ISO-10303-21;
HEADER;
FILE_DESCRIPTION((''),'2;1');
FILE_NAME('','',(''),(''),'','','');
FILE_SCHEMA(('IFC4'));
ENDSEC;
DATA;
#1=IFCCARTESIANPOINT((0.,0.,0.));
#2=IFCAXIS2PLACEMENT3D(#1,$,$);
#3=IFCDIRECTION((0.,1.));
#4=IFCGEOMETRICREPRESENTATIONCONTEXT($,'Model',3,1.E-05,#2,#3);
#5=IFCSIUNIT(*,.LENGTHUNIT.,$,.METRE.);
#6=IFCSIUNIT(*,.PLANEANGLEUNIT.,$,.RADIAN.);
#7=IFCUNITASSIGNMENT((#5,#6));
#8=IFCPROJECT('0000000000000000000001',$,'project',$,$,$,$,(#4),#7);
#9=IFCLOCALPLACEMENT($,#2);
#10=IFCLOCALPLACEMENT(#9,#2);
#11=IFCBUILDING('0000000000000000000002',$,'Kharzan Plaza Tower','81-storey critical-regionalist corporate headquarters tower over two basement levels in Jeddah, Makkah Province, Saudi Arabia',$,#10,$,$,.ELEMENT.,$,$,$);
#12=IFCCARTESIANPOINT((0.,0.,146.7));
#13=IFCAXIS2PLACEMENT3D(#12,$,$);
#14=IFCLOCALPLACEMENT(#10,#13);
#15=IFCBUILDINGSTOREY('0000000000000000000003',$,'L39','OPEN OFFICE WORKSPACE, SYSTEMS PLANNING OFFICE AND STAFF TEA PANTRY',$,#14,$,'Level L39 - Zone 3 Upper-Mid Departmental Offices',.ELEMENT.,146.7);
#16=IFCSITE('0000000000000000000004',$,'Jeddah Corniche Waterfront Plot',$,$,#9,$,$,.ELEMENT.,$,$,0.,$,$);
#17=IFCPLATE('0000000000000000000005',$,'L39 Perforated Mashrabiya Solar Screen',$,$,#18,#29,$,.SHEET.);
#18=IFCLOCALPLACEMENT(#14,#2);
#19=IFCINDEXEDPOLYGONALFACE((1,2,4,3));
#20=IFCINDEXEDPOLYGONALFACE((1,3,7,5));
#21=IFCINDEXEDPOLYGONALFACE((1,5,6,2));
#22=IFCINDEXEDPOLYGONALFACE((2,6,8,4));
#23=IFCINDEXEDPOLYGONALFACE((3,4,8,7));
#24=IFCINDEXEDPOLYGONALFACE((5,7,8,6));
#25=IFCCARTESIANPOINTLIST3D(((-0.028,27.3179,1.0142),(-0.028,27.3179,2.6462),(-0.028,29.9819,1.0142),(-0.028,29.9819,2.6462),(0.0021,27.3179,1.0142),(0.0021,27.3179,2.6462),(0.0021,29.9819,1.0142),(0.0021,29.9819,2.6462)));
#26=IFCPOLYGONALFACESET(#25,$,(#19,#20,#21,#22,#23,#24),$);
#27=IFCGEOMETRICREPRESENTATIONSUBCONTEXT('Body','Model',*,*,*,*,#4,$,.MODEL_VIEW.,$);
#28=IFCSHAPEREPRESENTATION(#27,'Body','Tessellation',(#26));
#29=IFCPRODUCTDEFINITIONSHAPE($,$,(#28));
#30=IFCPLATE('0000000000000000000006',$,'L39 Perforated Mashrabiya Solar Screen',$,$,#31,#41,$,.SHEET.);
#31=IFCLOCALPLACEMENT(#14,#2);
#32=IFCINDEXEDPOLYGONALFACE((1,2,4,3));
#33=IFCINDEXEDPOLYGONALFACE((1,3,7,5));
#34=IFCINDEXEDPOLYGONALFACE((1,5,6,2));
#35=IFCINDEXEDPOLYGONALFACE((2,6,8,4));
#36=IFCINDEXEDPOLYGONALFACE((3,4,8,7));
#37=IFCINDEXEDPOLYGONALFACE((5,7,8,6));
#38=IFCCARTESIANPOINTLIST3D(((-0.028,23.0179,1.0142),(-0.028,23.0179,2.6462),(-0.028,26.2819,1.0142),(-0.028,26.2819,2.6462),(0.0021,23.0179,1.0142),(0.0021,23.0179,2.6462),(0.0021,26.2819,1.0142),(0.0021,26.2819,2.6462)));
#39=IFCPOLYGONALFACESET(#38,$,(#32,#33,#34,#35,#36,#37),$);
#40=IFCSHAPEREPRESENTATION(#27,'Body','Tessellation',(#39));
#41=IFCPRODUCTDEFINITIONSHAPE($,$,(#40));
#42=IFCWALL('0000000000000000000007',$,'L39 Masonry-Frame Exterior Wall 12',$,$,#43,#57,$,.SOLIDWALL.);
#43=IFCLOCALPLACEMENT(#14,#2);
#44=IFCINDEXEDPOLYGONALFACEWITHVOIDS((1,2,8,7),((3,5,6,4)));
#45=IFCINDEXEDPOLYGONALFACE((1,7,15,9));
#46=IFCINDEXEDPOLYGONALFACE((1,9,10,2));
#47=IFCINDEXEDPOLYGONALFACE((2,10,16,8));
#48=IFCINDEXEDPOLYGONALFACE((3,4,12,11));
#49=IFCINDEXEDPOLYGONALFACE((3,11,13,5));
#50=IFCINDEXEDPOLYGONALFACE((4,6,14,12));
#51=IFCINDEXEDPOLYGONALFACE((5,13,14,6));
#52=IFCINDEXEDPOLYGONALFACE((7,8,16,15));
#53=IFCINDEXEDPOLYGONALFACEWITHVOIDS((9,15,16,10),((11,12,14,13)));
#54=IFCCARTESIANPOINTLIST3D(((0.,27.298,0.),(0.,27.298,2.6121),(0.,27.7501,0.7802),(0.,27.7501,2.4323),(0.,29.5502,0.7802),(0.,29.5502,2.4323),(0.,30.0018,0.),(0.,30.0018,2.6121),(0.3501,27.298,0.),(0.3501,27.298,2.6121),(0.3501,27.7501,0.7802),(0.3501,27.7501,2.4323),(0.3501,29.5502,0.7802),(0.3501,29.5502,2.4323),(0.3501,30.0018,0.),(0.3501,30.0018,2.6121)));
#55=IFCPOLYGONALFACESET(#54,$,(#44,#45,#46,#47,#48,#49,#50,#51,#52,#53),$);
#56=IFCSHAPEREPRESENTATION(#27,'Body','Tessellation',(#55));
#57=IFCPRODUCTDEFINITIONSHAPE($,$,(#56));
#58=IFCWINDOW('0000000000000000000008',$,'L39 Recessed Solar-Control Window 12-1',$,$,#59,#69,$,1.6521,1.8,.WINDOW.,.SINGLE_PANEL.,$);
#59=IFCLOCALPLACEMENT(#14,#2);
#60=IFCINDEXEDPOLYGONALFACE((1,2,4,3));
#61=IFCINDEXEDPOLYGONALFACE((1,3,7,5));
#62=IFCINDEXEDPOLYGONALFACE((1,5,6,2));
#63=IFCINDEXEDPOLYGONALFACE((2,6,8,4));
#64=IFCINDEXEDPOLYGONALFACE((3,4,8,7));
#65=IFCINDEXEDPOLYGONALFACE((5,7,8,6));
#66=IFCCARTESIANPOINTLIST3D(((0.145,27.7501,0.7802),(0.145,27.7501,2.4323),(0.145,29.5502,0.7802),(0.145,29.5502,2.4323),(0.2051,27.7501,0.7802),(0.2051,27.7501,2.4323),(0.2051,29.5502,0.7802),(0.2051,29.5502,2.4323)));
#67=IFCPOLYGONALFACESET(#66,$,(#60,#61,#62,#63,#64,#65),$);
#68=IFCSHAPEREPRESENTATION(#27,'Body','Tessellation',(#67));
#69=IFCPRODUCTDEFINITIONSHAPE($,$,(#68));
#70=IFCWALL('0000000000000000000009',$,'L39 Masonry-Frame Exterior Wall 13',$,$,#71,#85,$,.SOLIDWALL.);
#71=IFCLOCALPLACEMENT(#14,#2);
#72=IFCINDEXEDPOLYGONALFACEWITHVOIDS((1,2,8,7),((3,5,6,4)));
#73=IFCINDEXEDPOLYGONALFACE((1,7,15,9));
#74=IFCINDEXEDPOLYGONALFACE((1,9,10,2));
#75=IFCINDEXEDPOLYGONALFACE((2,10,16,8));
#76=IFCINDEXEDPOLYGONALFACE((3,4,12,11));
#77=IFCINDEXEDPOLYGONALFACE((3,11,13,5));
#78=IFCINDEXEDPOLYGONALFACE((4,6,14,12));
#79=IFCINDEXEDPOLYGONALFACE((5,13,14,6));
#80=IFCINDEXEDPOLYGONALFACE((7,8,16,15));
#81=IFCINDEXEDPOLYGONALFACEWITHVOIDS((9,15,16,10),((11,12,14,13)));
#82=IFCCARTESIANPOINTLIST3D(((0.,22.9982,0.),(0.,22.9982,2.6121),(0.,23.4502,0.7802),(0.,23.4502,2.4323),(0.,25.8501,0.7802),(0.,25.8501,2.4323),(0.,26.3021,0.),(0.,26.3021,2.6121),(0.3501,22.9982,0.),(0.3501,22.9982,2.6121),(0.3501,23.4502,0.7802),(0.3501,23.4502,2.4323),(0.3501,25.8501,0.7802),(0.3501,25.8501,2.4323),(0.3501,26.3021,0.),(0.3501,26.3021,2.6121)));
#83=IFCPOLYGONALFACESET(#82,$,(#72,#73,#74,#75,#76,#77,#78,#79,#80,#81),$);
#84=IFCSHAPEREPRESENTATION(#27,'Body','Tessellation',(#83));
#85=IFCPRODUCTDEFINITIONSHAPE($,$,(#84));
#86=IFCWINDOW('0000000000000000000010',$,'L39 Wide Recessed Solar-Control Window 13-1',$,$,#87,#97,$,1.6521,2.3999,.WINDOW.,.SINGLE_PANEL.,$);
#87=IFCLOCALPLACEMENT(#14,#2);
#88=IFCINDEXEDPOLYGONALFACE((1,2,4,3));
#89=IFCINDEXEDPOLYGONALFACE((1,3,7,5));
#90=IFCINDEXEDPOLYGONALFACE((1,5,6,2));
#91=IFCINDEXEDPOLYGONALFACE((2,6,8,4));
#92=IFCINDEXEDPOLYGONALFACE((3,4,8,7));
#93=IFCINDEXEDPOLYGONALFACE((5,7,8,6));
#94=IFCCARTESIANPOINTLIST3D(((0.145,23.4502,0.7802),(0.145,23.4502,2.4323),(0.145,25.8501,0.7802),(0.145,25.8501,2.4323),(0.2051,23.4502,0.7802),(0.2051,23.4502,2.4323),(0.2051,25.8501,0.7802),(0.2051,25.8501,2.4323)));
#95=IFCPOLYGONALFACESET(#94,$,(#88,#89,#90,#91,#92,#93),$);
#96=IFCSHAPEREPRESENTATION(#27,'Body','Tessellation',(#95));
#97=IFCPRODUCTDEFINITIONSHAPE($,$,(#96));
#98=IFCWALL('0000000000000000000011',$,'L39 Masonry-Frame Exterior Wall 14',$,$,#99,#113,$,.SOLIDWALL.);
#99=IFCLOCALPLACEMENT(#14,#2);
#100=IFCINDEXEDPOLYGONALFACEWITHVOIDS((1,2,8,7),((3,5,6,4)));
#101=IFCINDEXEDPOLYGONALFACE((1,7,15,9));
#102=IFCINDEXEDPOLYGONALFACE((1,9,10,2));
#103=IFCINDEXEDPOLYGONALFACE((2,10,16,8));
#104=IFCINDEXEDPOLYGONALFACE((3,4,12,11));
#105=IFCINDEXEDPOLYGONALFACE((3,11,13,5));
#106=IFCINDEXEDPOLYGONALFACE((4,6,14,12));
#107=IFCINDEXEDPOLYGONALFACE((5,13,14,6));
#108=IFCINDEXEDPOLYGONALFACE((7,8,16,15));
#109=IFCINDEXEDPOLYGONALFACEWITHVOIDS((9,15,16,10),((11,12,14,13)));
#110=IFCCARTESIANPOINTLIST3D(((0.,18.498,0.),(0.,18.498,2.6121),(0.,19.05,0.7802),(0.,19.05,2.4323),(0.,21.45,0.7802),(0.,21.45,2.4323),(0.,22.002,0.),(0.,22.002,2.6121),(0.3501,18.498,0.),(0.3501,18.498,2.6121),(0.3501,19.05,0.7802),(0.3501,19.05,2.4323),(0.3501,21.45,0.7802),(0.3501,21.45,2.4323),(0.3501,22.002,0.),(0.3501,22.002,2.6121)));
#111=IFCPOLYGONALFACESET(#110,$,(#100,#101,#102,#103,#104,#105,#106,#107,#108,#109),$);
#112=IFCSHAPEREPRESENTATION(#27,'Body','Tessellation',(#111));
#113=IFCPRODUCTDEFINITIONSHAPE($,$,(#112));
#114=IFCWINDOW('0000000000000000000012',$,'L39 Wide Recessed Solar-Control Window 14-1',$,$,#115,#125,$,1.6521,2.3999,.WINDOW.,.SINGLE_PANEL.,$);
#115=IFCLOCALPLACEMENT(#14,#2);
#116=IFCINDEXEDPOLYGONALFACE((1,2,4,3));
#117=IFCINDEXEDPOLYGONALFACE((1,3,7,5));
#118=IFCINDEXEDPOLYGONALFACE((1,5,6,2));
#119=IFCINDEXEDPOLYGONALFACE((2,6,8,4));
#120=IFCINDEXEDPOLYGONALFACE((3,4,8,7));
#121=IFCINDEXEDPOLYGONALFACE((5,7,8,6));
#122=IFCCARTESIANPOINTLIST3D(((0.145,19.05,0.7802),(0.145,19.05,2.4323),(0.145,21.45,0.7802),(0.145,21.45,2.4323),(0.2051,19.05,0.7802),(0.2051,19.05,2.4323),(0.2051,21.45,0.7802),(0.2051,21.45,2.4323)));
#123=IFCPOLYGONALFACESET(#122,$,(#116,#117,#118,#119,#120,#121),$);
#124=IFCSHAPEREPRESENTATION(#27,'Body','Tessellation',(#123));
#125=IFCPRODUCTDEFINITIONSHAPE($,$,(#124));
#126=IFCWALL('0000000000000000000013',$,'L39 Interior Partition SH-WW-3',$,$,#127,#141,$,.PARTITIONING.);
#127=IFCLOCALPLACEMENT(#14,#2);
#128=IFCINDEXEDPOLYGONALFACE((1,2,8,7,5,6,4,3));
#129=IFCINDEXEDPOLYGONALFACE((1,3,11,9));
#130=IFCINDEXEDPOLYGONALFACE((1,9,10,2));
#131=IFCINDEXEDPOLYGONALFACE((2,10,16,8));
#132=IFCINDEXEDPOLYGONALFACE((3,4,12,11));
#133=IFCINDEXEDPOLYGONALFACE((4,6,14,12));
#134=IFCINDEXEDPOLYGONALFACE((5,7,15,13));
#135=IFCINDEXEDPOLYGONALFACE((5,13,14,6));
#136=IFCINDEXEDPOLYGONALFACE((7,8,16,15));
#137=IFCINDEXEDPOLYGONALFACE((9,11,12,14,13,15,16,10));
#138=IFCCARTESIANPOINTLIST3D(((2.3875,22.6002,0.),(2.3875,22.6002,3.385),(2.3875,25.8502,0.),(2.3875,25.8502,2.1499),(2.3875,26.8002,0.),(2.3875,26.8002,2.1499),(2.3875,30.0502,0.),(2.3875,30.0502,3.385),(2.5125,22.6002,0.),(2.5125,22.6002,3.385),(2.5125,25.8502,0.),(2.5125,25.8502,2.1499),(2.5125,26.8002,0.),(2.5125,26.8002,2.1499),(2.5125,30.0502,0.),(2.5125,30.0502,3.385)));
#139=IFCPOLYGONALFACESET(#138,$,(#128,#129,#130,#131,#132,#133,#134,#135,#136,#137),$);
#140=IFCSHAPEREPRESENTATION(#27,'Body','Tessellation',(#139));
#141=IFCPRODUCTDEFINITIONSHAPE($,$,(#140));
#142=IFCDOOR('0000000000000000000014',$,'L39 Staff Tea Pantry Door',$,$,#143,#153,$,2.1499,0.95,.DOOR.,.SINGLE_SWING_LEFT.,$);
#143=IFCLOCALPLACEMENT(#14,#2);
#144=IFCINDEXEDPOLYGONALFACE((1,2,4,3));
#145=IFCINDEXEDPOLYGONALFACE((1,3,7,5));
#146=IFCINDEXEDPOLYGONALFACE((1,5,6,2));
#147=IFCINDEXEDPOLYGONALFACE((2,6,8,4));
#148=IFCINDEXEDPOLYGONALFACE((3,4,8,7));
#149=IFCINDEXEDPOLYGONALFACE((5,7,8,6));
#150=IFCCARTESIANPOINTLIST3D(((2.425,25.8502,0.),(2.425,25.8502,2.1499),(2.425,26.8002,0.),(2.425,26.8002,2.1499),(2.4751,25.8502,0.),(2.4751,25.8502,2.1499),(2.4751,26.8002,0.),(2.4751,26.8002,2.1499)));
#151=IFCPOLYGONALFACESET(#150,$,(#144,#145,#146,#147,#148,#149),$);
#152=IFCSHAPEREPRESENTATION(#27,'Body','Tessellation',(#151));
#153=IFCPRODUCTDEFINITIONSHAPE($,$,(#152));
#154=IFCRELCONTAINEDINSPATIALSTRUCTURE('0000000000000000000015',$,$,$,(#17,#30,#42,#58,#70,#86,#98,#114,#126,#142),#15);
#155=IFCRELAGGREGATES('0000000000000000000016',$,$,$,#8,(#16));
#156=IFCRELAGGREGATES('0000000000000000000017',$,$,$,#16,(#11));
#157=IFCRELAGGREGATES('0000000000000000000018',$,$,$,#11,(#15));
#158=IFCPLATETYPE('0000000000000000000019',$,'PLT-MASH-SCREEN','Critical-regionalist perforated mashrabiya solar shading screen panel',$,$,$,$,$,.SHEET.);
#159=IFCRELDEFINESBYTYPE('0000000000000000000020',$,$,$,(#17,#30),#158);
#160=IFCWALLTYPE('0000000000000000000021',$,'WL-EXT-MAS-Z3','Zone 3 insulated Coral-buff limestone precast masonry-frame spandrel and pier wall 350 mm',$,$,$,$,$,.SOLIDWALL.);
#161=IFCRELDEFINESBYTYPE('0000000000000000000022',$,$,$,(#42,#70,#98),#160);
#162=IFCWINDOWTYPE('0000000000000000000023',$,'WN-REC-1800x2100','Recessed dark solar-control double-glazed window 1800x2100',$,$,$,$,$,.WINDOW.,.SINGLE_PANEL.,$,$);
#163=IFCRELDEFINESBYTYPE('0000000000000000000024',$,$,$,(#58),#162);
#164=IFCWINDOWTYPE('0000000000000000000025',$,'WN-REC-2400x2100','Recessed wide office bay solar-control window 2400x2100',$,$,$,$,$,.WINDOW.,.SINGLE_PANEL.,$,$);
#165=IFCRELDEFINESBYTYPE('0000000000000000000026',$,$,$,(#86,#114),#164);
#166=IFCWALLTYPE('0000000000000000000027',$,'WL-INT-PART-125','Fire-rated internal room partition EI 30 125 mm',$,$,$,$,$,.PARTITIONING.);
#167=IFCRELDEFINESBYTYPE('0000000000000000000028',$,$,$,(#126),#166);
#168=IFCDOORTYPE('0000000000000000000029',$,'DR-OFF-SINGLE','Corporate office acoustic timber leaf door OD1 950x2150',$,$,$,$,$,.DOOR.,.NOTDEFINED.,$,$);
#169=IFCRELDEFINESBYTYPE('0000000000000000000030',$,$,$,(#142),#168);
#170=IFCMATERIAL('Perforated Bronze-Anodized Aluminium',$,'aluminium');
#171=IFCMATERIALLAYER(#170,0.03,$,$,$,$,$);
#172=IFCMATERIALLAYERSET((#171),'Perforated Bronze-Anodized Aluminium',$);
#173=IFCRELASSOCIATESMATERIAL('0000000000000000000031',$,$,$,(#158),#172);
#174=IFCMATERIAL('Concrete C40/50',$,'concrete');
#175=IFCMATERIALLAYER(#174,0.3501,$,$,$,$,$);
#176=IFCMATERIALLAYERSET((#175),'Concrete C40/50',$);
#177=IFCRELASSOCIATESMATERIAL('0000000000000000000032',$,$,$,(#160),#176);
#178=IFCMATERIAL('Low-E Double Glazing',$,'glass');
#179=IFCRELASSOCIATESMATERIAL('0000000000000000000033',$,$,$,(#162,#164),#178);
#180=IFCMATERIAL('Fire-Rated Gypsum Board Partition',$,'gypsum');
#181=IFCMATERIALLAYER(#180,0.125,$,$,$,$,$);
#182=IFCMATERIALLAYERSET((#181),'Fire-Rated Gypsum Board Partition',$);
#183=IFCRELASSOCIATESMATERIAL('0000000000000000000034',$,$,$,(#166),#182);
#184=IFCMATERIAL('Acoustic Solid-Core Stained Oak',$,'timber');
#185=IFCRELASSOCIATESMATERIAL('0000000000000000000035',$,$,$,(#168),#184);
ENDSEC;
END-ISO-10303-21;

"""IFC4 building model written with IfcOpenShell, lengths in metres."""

from ifc_helpers import new_model, si_unit, direction, frame, frame_2d, origin, origin_2d, place, context, subcontext, project, spatial, rectangle, extrude, source, transform, mapped, material, layer, layer_set, type_object, element, fill, save


model = new_model("IFC4")

# Units and contexts
model_context = context("Model", 3, precision=1e-05, world=origin(), true_north=direction((0.0, 1.0)))
body_context = subcontext(model_context, "Body", "Model", "MODEL_VIEW")
ifc_project = project(units=[si_unit("LENGTHUNIT", "METRE"), si_unit("PLANEANGLEUNIT", "RADIAN")], contexts=[model_context])

# Site, building, storey
site_placement = place(None, origin())
site = spatial("IfcSite", under=ifc_project, at=site_placement, Name="Jeddah Corniche Waterfront Plot", CompositionType="ELEMENT", RefElevation=0.0)
building_placement = place(site_placement, origin())
building = spatial("IfcBuilding", under=site, at=building_placement, Name="Kharzan Plaza Tower", Description="81-storey critical-regionalist corporate headquarters tower over two basement levels in Jeddah, Makkah Province, Saudi Arabia", CompositionType="ELEMENT")
storey_placement = place(building_placement, frame((0.0, 0.0, 146.7)))
storey = spatial("IfcBuildingStorey", under=building, at=storey_placement, Name="L39", Description="OPEN OFFICE WORKSPACE, SYSTEMS PLANNING OFFICE AND STAFF TEA PANTRY", LongName="Level L39 - Zone 3 Upper-Mid Departmental Offices", CompositionType="ELEMENT", Elevation=146.7)

# Plates
ifc_material_1 = material(Name="Perforated Bronze-Anodized Aluminium", Category="aluminium")
ifc_layer_1 = layer(ifc_material_1, 0.03)
ifc_layer_set_1 = layer_set([ifc_layer_1], Name="Perforated Bronze-Anodized Aluminium")
plate_type = type_object("IfcPlateType", Name="PLT-MASH-SCREEN", Description="Critical-regionalist perforated mashrabiya solar shading screen panel", PredefinedType="SHEET", material=ifc_layer_set_1)
shared_shape_1 = source(origin(), body_context, "Body", "SweptSolid", [
    extrude(rectangle(XDim=2.6641, YDim=0.03, at=origin_2d()), origin(), (0.0, 0.0, 1.0), 1.6321),
])
plate_1_placement = place(storey_placement, frame((-0.0129, 28.6499, 1.0142), z_axis=(0.0, 0.0, 1.0), x_axis=(0.0, -1.0, 0.0)))
element("IfcPlate", 1, at=plate_1_placement, inside=storey, type_object=plate_type, Name="L39 Perforated Mashrabiya Solar Screen", PredefinedType="SHEET", context=body_context, shape_type="MappedRepresentation", body=[
    mapped(shared_shape_1, transform((0.0, 0.0, 0.0), x_axis=(1.0, 0.0, 0.0), y_axis=(0.0, 1.0, 0.0), z_axis=(0.0, 0.0, 1.0))),
])
shared_shape_2 = source(origin(), body_context, "Body", "SweptSolid", [
    extrude(rectangle(XDim=3.2639, YDim=0.03, at=origin_2d()), origin(), (0.0, 0.0, 1.0), 1.6321),
])
plate_2_placement = place(storey_placement, frame((-0.0129, 24.6499, 1.0142), z_axis=(0.0, 0.0, 1.0), x_axis=(0.0, -1.0, 0.0)))
element("IfcPlate", 2, at=plate_2_placement, inside=storey, type_object=plate_type, Name="L39 Perforated Mashrabiya Solar Screen", PredefinedType="SHEET", context=body_context, shape_type="MappedRepresentation", body=[
    mapped(shared_shape_2, transform((0.0, 0.0, 0.0), x_axis=(1.0, 0.0, 0.0), y_axis=(0.0, 1.0, 0.0), z_axis=(0.0, 0.0, 1.0))),
])

# Walls, openings, windows
ifc_material_2 = material(Name="Concrete C40/50", Category="concrete")
ifc_layer_2 = layer(ifc_material_2, 0.3501)
ifc_layer_set_2 = layer_set([ifc_layer_2], Name="Concrete C40/50")
wall_type_1 = type_object("IfcWallType", Name="WL-EXT-MAS-Z3", Description="Zone 3 insulated Coral-buff limestone precast masonry-frame spandrel and pier wall 350 mm", PredefinedType="SOLIDWALL", material=ifc_layer_set_2)
wall_1_placement = place(storey_placement, frame((0.175, 30.002, 0.0), z_axis=(0.0, 0.0, 1.0), x_axis=(0.0, -1.0, 0.0)))
wall_1 = element("IfcWall", 3, at=wall_1_placement, inside=storey, type_object=wall_type_1, Name="L39 Masonry-Frame Exterior Wall 12", PredefinedType="SOLIDWALL", context=body_context, shape_type="SweptSolid", body=[
    extrude(rectangle(XDim=2.7039, YDim=0.3501, at=frame_2d((1.3521, 0.0))), origin(), (0.0, 0.0, 1.0), 2.6121),
])
opening_1_placement = place(wall_1_placement, frame((0.4519, 0.0, 0.78)))
opening_1 = element("IfcOpeningElement", 4, at=opening_1_placement, cuts=wall_1, PredefinedType="OPENING", context=body_context, shape_type="SweptSolid", body=[
    extrude(rectangle(XDim=1.8, YDim=1.6521, at=frame_2d((0.8999, 0.8262))), frame((0.0, 0.1851, 0.0), z_axis=(0.0, -1.0, 0.0), x_axis=(1.0, 0.0, 0.0)), (0.0, 0.0, 1.0), 0.3701),
])
ifc_material_3 = material(Name="Low-E Double Glazing", Category="glass")
window_type_1 = type_object("IfcWindowType", Name="WN-REC-1800x2100", Description="Recessed dark solar-control double-glazed window 1800x2100", PartitioningType="SINGLE_PANEL", PredefinedType="WINDOW", material=ifc_material_3)
shared_shape_3 = source(origin(), body_context, "Body", "SweptSolid", [
    extrude(rectangle(XDim=1.8, YDim=1.6521, at=frame_2d((0.8999, 0.8262))), frame((0.0, 0.03, 0.0), z_axis=(0.0, -1.0, 0.0), x_axis=(1.0, 0.0, 0.0)), (0.0, 0.0, 1.0), 0.0601),
])
window_1_placement = place(opening_1_placement, origin())
window_1 = element("IfcWindow", 5, at=window_1_placement, inside=storey, type_object=window_type_1, Name="L39 Recessed Solar-Control Window 12-1", OverallHeight=1.6521, OverallWidth=1.8, PartitioningType="SINGLE_PANEL", PredefinedType="WINDOW", context=body_context, shape_type="MappedRepresentation", body=[
    mapped(shared_shape_3, transform((0.0, 0.0, 0.0), x_axis=(1.0, 0.0, 0.0), y_axis=(0.0, 1.0, 0.0), z_axis=(0.0, 0.0, 1.0))),
])
fill(opening_1, window_1)
wall_2_placement = place(storey_placement, frame((0.175, 26.302, 0.0), z_axis=(0.0, 0.0, 1.0), x_axis=(0.0, -1.0, 0.0)))
wall_2 = element("IfcWall", 6, at=wall_2_placement, inside=storey, type_object=wall_type_1, Name="L39 Masonry-Frame Exterior Wall 13", PredefinedType="SOLIDWALL", context=body_context, shape_type="SweptSolid", body=[
    extrude(rectangle(XDim=3.304, YDim=0.3501, at=frame_2d((1.6519, 0.0))), origin(), (0.0, 0.0, 1.0), 2.6121),
])
opening_2_placement = place(wall_2_placement, frame((0.4519, 0.0, 0.78)))
opening_2 = element("IfcOpeningElement", 7, at=opening_2_placement, cuts=wall_2, PredefinedType="OPENING", context=body_context, shape_type="SweptSolid", body=[
    extrude(rectangle(XDim=2.3999, YDim=1.6521, at=frame_2d((1.2, 0.8262))), frame((0.0, 0.1851, 0.0), z_axis=(0.0, -1.0, 0.0), x_axis=(1.0, 0.0, 0.0)), (0.0, 0.0, 1.0), 0.3701),
])
window_type_2 = type_object("IfcWindowType", Name="WN-REC-2400x2100", Description="Recessed wide office bay solar-control window 2400x2100", PartitioningType="SINGLE_PANEL", PredefinedType="WINDOW", material=ifc_material_3)
shared_shape_4 = source(origin(), body_context, "Body", "SweptSolid", [
    extrude(rectangle(XDim=2.3999, YDim=1.6521, at=frame_2d((1.2, 0.8262))), frame((0.0, 0.03, 0.0), z_axis=(0.0, -1.0, 0.0), x_axis=(1.0, 0.0, 0.0)), (0.0, 0.0, 1.0), 0.0601),
])
window_2_placement = place(opening_2_placement, origin())
window_2 = element("IfcWindow", 8, at=window_2_placement, inside=storey, type_object=window_type_2, Name="L39 Wide Recessed Solar-Control Window 13-1", OverallHeight=1.6521, OverallWidth=2.3999, PartitioningType="SINGLE_PANEL", PredefinedType="WINDOW", context=body_context, shape_type="MappedRepresentation", body=[
    mapped(shared_shape_4, transform((0.0, 0.0, 0.0), x_axis=(1.0, 0.0, 0.0), y_axis=(0.0, 1.0, 0.0), z_axis=(0.0, 0.0, 1.0))),
])
fill(opening_2, window_2)
wall_3_placement = place(storey_placement, frame((0.175, 22.002, 0.0), z_axis=(0.0, 0.0, 1.0), x_axis=(0.0, -1.0, 0.0)))
wall_3 = element("IfcWall", 9, at=wall_3_placement, inside=storey, type_object=wall_type_1, Name="L39 Masonry-Frame Exterior Wall 14", PredefinedType="SOLIDWALL", context=body_context, shape_type="SweptSolid", body=[
    extrude(rectangle(XDim=3.5039, YDim=0.3501, at=frame_2d((1.752, 0.0))), origin(), (0.0, 0.0, 1.0), 2.6121),
])
opening_3_placement = place(wall_3_placement, frame((0.552, 0.0, 0.78)))
opening_3 = element("IfcOpeningElement", 10, at=opening_3_placement, cuts=wall_3, PredefinedType="OPENING", context=body_context, shape_type="SweptSolid", body=[
    extrude(rectangle(XDim=2.3999, YDim=1.6521, at=frame_2d((1.2, 0.8262))), frame((0.0, 0.1851, 0.0), z_axis=(0.0, -1.0, 0.0), x_axis=(1.0, 0.0, 0.0)), (0.0, 0.0, 1.0), 0.3701),
])
window_3_placement = place(opening_3_placement, origin())
window_3 = element("IfcWindow", 11, at=window_3_placement, inside=storey, type_object=window_type_2, Name="L39 Wide Recessed Solar-Control Window 14-1", OverallHeight=1.6521, OverallWidth=2.3999, PartitioningType="SINGLE_PANEL", PredefinedType="WINDOW", context=body_context, shape_type="MappedRepresentation", body=[
    mapped(shared_shape_4, transform((0.0, 0.0, 0.0), x_axis=(1.0, 0.0, 0.0), y_axis=(0.0, 1.0, 0.0), z_axis=(0.0, 0.0, 1.0))),
])
fill(opening_3, window_3)

# Wall, opening, door
ifc_material_4 = material(Name="Fire-Rated Gypsum Board Partition", Category="gypsum")
ifc_layer_3 = layer(ifc_material_4, 0.125)
ifc_layer_set_3 = layer_set([ifc_layer_3], Name="Fire-Rated Gypsum Board Partition")
wall_type_2 = type_object("IfcWallType", Name="WL-INT-PART-125", Description="Fire-rated internal room partition EI 30 125 mm", PredefinedType="PARTITIONING", material=ifc_layer_set_3)
wall_4_placement = place(storey_placement, frame((2.45, 22.6001, 0.0), z_axis=(0.0, 0.0, 1.0), x_axis=(0.0, 1.0, 0.0)))
wall_4 = element("IfcWall", 12, at=wall_4_placement, inside=storey, type_object=wall_type_2, Name="L39 Interior Partition SH-WW-3", PredefinedType="PARTITIONING", context=body_context, shape_type="SweptSolid", body=[
    extrude(rectangle(XDim=7.45, YDim=0.125, at=frame_2d((3.7251, 0.0))), origin(), (0.0, 0.0, 1.0), 3.385),
])
opening_4_placement = place(wall_4_placement, frame((3.25, 0.0, 0.0)))
opening_4 = element("IfcOpeningElement", 13, at=opening_4_placement, cuts=wall_4, PredefinedType="OPENING", context=body_context, shape_type="SweptSolid", body=[
    extrude(rectangle(XDim=0.95, YDim=2.1499, at=frame_2d((0.4751, 1.075))), frame((0.0, 0.0725, 0.0), z_axis=(0.0, -1.0, 0.0), x_axis=(1.0, 0.0, 0.0)), (0.0, 0.0, 1.0), 0.145),
])
ifc_material_5 = material(Name="Acoustic Solid-Core Stained Oak", Category="timber")
door_type_1 = type_object("IfcDoorType", Name="DR-OFF-SINGLE", Description="Corporate office acoustic timber leaf door OD1 950x2150", OperationType="NOTDEFINED", PredefinedType="DOOR", material=ifc_material_5)
shared_shape_5 = source(origin(), body_context, "Body", "SweptSolid", [
    extrude(rectangle(XDim=0.95, YDim=2.1499, at=frame_2d((0.4751, 1.075))), frame((0.0, 0.0249, 0.0), z_axis=(0.0, -1.0, 0.0), x_axis=(1.0, 0.0, 0.0)), (0.0, 0.0, 1.0), 0.05),
])
door_1_placement = place(opening_4_placement, origin())
door_1 = element("IfcDoor", 14, at=door_1_placement, inside=storey, type_object=door_type_1, Name="L39 Staff Tea Pantry Door", OperationType="SINGLE_SWING_LEFT", OverallHeight=2.1499, OverallWidth=0.95, PredefinedType="DOOR", context=body_context, shape_type="MappedRepresentation", body=[
    mapped(shared_shape_5, transform((0.0, 0.0, 0.0), x_axis=(1.0, 0.0, 0.0), y_axis=(0.0, 1.0, 0.0), z_axis=(0.0, 0.0, 1.0))),
])
fill(opening_4, door_1)

save(model, "model.ifc")
